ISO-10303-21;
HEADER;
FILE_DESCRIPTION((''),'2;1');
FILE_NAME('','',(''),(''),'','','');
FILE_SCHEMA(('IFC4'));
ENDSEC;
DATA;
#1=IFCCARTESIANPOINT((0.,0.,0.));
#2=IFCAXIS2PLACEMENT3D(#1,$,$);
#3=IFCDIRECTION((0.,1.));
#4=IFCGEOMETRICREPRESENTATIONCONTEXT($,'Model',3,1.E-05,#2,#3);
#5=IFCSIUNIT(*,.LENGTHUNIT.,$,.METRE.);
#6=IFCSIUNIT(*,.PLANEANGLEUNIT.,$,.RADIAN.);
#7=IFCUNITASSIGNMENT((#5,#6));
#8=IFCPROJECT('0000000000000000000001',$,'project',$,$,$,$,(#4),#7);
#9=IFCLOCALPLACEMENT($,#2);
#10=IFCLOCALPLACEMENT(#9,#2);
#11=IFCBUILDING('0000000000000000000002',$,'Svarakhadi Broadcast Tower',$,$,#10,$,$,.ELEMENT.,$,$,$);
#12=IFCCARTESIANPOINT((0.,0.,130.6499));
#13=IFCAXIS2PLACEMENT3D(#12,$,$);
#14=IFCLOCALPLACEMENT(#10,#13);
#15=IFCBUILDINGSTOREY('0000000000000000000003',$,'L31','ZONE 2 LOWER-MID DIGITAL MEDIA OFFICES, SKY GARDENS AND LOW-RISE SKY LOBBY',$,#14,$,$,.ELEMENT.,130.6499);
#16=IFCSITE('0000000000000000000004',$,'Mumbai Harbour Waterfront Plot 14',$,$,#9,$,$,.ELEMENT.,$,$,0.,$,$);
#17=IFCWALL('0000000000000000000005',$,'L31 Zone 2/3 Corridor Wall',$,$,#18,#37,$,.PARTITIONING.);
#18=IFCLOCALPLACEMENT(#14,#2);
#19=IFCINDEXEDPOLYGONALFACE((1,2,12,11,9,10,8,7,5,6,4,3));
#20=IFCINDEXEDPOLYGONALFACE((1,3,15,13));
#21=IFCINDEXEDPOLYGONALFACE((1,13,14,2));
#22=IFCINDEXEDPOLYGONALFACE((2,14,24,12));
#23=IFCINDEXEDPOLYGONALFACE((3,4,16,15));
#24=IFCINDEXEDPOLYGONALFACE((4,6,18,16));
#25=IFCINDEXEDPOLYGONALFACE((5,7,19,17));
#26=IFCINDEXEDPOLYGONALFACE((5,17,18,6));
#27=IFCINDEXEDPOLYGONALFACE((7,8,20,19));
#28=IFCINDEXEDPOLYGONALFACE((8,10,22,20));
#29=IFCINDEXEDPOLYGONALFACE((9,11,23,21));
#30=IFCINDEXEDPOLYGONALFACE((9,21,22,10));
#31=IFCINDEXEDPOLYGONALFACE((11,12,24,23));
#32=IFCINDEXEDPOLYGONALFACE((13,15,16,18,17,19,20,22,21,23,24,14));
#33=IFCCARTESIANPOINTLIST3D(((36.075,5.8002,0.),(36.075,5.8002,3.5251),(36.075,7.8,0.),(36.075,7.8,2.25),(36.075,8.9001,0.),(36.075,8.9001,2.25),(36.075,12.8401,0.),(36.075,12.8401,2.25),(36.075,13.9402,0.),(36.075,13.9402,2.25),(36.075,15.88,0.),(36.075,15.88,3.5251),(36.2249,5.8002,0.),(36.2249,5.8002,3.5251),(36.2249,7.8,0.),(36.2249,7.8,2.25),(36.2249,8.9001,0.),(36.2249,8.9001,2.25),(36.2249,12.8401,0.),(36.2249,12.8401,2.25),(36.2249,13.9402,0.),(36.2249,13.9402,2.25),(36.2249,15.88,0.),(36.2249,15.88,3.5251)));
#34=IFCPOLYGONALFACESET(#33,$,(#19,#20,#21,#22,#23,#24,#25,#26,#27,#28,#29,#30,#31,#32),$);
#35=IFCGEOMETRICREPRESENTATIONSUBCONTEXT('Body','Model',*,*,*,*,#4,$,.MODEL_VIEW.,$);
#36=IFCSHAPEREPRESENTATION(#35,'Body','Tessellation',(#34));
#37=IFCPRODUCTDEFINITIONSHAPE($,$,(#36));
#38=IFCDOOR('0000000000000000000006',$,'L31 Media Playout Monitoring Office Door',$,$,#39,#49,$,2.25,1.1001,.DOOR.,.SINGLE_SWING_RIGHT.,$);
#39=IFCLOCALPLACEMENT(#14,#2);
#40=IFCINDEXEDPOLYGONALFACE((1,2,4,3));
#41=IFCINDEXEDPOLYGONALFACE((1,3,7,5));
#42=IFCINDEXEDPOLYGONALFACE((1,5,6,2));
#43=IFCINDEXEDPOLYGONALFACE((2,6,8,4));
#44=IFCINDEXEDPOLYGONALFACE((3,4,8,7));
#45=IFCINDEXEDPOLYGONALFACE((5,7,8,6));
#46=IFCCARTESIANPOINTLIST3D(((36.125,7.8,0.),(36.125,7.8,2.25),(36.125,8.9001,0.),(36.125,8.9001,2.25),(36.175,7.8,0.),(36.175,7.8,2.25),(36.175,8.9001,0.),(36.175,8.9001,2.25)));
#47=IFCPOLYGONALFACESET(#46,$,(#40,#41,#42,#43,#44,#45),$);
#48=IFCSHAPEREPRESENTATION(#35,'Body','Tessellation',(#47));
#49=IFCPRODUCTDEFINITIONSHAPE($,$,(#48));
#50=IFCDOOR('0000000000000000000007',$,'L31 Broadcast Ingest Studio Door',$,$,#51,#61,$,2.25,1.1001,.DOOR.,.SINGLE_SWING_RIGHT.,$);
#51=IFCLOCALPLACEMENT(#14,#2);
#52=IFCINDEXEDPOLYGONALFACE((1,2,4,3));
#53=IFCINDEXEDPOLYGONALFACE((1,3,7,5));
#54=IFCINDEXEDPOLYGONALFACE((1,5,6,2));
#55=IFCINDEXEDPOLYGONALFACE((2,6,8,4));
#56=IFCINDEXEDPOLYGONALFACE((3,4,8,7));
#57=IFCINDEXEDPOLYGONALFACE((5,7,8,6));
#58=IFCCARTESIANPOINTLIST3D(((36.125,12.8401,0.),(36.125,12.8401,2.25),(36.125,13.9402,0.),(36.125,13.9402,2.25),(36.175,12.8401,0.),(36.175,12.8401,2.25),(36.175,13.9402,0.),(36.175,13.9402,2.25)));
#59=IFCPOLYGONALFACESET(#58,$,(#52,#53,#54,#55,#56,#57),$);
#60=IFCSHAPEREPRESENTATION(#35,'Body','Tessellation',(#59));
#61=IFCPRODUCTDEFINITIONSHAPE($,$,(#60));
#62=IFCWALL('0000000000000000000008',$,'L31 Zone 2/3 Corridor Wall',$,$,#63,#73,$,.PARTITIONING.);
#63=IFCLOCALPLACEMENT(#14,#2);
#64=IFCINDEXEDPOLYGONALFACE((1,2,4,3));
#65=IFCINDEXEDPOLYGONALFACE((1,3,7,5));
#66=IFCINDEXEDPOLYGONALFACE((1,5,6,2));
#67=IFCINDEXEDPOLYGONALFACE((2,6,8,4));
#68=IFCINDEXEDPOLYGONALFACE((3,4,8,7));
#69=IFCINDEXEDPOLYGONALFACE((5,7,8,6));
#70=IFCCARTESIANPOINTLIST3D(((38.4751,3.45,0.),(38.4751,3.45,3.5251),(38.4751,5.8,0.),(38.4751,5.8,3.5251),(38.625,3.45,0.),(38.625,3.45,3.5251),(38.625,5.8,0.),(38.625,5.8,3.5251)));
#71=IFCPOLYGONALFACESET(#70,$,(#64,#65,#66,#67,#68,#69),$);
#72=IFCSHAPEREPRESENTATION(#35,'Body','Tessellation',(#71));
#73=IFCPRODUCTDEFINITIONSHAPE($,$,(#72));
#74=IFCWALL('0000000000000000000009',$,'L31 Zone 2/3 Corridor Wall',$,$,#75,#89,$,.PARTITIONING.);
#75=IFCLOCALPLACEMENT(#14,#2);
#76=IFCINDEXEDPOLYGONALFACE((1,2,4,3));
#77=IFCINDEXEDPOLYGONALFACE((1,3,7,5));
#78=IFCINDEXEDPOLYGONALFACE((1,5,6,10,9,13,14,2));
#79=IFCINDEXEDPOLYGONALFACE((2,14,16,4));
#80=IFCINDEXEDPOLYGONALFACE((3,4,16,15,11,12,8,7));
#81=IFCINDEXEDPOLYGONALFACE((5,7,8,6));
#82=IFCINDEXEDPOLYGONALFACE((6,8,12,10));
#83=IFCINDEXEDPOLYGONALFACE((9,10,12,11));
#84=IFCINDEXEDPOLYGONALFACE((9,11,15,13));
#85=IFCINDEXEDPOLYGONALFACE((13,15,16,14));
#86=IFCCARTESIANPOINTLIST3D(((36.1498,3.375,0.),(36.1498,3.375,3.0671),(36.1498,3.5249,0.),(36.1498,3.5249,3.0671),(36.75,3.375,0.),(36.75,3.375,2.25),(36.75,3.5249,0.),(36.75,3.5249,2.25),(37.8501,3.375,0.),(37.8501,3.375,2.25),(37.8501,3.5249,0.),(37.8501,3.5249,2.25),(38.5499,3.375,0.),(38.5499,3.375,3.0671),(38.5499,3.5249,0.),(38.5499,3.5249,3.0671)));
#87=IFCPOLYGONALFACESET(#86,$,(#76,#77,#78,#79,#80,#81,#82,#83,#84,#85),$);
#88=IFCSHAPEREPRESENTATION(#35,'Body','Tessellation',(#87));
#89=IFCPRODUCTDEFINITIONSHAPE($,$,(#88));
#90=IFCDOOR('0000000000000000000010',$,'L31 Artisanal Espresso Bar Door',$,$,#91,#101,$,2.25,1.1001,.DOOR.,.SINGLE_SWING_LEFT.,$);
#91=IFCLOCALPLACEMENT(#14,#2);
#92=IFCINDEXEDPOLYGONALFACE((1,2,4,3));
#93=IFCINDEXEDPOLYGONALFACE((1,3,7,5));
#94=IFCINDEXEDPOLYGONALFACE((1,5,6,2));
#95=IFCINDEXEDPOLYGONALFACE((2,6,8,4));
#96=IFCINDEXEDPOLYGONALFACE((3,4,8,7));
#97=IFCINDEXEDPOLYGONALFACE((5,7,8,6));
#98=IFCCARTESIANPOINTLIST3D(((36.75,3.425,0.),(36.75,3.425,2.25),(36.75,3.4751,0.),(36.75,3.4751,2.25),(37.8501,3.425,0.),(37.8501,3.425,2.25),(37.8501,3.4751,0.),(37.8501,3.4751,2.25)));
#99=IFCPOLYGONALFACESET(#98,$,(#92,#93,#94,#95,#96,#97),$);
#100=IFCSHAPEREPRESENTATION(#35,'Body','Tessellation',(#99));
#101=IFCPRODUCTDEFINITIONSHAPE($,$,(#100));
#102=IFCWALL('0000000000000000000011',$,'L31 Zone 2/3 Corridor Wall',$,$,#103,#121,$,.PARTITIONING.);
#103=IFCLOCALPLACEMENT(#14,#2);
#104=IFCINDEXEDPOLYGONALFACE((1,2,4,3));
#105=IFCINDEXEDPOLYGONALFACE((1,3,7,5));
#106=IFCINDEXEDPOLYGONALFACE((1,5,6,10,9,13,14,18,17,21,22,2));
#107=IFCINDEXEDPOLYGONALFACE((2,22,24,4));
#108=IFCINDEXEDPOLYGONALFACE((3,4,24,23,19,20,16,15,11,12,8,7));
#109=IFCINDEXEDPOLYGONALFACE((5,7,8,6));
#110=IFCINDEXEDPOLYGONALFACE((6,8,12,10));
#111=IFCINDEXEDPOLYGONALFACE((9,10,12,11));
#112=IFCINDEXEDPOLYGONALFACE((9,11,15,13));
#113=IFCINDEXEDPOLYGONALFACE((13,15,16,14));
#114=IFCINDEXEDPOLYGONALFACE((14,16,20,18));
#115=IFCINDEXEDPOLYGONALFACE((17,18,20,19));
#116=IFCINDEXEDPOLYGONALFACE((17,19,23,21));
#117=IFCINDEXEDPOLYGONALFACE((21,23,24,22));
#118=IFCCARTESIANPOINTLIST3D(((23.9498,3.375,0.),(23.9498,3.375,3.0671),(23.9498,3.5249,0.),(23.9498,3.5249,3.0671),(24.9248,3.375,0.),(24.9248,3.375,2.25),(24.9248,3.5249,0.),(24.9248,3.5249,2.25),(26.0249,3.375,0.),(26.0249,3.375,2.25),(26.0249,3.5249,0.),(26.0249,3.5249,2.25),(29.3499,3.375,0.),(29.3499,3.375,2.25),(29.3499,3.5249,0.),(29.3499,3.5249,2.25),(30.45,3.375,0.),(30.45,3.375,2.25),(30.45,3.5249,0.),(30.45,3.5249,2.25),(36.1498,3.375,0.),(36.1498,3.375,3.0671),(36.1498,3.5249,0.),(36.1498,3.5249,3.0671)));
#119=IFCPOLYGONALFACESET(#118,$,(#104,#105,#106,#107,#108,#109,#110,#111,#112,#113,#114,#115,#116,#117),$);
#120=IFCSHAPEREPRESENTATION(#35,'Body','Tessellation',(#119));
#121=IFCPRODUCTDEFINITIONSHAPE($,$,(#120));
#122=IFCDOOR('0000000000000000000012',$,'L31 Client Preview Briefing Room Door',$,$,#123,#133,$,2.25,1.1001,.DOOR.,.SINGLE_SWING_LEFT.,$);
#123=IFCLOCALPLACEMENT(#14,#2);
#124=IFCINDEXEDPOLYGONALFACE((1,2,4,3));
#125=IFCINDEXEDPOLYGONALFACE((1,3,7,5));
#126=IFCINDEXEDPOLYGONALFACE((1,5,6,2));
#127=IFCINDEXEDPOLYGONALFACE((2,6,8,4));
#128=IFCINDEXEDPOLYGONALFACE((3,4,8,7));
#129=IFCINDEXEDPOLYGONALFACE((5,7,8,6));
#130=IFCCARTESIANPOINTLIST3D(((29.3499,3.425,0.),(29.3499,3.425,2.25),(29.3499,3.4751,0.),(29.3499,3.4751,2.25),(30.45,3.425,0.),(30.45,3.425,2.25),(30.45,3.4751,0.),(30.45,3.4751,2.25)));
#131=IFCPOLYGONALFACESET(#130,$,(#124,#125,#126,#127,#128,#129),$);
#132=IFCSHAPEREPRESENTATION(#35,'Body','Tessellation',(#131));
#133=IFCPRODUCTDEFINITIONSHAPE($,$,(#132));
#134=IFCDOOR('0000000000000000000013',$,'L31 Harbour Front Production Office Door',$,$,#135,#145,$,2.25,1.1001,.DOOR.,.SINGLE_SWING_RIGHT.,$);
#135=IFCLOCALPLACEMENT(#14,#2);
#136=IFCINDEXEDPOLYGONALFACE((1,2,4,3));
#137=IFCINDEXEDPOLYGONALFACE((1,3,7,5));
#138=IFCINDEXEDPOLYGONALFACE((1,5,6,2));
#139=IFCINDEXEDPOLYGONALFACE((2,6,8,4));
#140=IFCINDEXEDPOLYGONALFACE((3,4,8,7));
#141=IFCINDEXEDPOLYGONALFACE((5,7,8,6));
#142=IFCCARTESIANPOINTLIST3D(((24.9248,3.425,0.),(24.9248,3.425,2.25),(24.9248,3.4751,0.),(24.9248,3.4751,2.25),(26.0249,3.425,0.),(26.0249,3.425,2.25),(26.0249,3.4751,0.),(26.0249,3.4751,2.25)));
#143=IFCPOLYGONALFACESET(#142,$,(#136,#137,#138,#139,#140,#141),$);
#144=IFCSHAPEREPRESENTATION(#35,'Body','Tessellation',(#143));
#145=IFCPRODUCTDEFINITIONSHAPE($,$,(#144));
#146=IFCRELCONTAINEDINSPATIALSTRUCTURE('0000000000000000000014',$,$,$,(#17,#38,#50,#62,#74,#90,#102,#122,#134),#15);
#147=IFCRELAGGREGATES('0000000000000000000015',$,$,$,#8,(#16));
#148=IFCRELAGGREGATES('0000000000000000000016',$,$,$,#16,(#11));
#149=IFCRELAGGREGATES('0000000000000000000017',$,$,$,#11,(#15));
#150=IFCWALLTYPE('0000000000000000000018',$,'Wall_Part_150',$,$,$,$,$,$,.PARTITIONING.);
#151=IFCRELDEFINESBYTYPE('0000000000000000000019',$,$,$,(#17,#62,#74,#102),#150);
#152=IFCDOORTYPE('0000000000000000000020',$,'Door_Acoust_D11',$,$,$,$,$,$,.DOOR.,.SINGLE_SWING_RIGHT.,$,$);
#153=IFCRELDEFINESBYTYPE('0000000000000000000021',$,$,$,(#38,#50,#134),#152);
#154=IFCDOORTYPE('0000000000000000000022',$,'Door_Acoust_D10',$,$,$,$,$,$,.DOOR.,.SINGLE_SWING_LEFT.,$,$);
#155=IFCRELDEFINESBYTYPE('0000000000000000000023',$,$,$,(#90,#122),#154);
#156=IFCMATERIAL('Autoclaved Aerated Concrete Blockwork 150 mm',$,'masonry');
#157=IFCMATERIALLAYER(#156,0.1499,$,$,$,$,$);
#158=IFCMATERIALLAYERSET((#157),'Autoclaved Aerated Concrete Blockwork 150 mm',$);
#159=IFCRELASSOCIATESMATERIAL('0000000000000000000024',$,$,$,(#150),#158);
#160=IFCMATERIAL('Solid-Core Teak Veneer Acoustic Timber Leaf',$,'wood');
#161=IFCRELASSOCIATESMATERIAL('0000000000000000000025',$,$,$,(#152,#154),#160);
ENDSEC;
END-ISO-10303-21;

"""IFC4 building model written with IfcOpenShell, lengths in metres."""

from ifc_helpers import new_model, si_unit, direction, frame, frame_2d, origin, place, context, subcontext, project, spatial, rectangle, extrude, material, layer, layer_set, type_object, element, fill, save


model = new_model("IFC4")

# Units and contexts
model_context = context("Model", 3, precision=1e-05, world=origin(), true_north=direction((0.0, 1.0)))
body_context = subcontext(model_context, "Body", "Model", "MODEL_VIEW")
ifc_project = project(units=[si_unit("LENGTHUNIT", "METRE"), si_unit("PLANEANGLEUNIT", "RADIAN")], contexts=[model_context])

# Site, building, storey
site_placement = place(None, origin())
site = spatial("IfcSite", under=ifc_project, at=site_placement, Name="Mumbai Harbour Waterfront Plot 14", CompositionType="ELEMENT", RefElevation=0.0)
building_placement = place(site_placement, origin())
building = spatial("IfcBuilding", under=site, at=building_placement, Name="Svarakhadi Broadcast Tower", CompositionType="ELEMENT")
storey_placement = place(building_placement, frame((0.0, 0.0, 130.6499)))
storey = spatial("IfcBuildingStorey", under=building, at=storey_placement, Name="L31", Description="ZONE 2 LOWER-MID DIGITAL MEDIA OFFICES, SKY GARDENS AND LOW-RISE SKY LOBBY", CompositionType="ELEMENT", Elevation=130.6499)

# Wall, openings, doors
ifc_material_1 = material(Name="Autoclaved Aerated Concrete Blockwork 150 mm", Category="masonry")
ifc_layer_1 = layer(ifc_material_1, 0.1499)
ifc_layer_set_1 = layer_set([ifc_layer_1], Name="Autoclaved Aerated Concrete Blockwork 150 mm")
wall_type_1 = type_object("IfcWallType", Name="Wall_Part_150", PredefinedType="PARTITIONING", material=ifc_layer_set_1)
wall_1_placement = place(storey_placement, frame((36.1499, 5.8, 0.0), z_axis=(0.0, 0.0, 1.0), x_axis=(0.0, 1.0, 0.0)))
wall_1 = element("IfcWall", 1, at=wall_1_placement, inside=storey, type_object=wall_type_1, Name="L31 Zone 2/3 Corridor Wall", PredefinedType="PARTITIONING", context=body_context, shape_type="SweptSolid", body=[
    extrude(rectangle(XDim=10.0798, YDim=0.1499, at=frame_2d((5.04, 0.0))), origin(), (0.0, 0.0, 1.0), 3.5251),
])
opening_1_placement = place(wall_1_placement, frame((2.0, 0.0, 0.0)))
opening_1 = element("IfcOpeningElement", 2, at=opening_1_placement, cuts=wall_1, PredefinedType="OPENING", context=body_context, shape_type="SweptSolid", body=[
    extrude(rectangle(XDim=1.1001, YDim=2.25, at=frame_2d((0.55, 1.125))), frame((0.0, 0.085, 0.0), z_axis=(0.0, -1.0, 0.0), x_axis=(1.0, 0.0, 0.0)), (0.0, 0.0, 1.0), 0.1699),
])
opening_2_placement = place(wall_1_placement, frame((7.04, 0.0, 0.0)))
opening_2 = element("IfcOpeningElement", 3, at=opening_2_placement, cuts=wall_1, PredefinedType="OPENING", context=body_context, shape_type="SweptSolid", body=[
    extrude(rectangle(XDim=1.1001, YDim=2.25, at=frame_2d((0.55, 1.125))), frame((0.0, 0.085, 0.0), z_axis=(0.0, -1.0, 0.0), x_axis=(1.0, 0.0, 0.0)), (0.0, 0.0, 1.0), 0.1699),
])
ifc_material_2 = material(Name="Solid-Core Teak Veneer Acoustic Timber Leaf", Category="wood")
door_type_1 = type_object("IfcDoorType", Name="Door_Acoust_D11", OperationType="SINGLE_SWING_RIGHT", PredefinedType="DOOR", material=ifc_material_2)
door_1_placement = place(opening_1_placement, origin())
door_1 = element("IfcDoor", 4, at=door_1_placement, inside=storey, type_object=door_type_1, Name="L31 Media Playout Monitoring Office Door", OperationType="SINGLE_SWING_RIGHT", OverallHeight=2.25, OverallWidth=1.1001, PredefinedType="DOOR", context=body_context, shape_type="SweptSolid", body=[
    extrude(rectangle(XDim=1.1001, YDim=2.25, at=frame_2d((0.55, 1.125))), frame((0.0, 0.0249, 0.0), z_axis=(0.0, -1.0, 0.0), x_axis=(1.0, 0.0, 0.0)), (0.0, 0.0, 1.0), 0.05),
])
fill(opening_1, door_1)
door_2_placement = place(opening_2_placement, origin())
door_2 = element("IfcDoor", 5, at=door_2_placement, inside=storey, type_object=door_type_1, Name="L31 Broadcast Ingest Studio Door", OperationType="SINGLE_SWING_RIGHT", OverallHeight=2.25, OverallWidth=1.1001, PredefinedType="DOOR", context=body_context, shape_type="SweptSolid", body=[
    extrude(rectangle(XDim=1.1001, YDim=2.25, at=frame_2d((0.55, 1.125))), frame((0.0, 0.0249, 0.0), z_axis=(0.0, -1.0, 0.0), x_axis=(1.0, 0.0, 0.0)), (0.0, 0.0, 1.0), 0.05),
])
fill(opening_2, door_2)

# Wall
wall_2_placement = place(storey_placement, frame((38.55, 5.8, 0.0), z_axis=(0.0, 0.0, 1.0), x_axis=(0.0, -1.0, 0.0)))
element("IfcWall", 6, at=wall_2_placement, inside=storey, type_object=wall_type_1, Name="L31 Zone 2/3 Corridor Wall", PredefinedType="PARTITIONING", context=body_context, shape_type="SweptSolid", body=[
    extrude(rectangle(XDim=2.3501, YDim=0.1499, at=frame_2d((1.175, 0.0))), origin(), (0.0, 0.0, 1.0), 3.5251),
])

# Wall, opening, door
wall_3_placement = place(storey_placement, frame((38.55, 3.45, 0.0), z_axis=(0.0, 0.0, 1.0), x_axis=(-1.0, 0.0, 0.0)))
wall_3 = element("IfcWall", 7, at=wall_3_placement, inside=storey, type_object=wall_type_1, Name="L31 Zone 2/3 Corridor Wall", PredefinedType="PARTITIONING", context=body_context, shape_type="SweptSolid", body=[
    extrude(rectangle(XDim=2.4001, YDim=0.1499, at=frame_2d((1.2002, 0.0))), origin(), (0.0, 0.0, 1.0), 3.0671),
])
opening_3_placement = place(wall_3_placement, frame((0.7, 0.0, 0.0)))
opening_3 = element("IfcOpeningElement", 8, at=opening_3_placement, cuts=wall_3, PredefinedType="OPENING", context=body_context, shape_type="SweptSolid", body=[
    extrude(rectangle(XDim=1.1001, YDim=2.25, at=frame_2d((0.55, 1.125))), frame((0.0, 0.085, 0.0), z_axis=(0.0, -1.0, 0.0), x_axis=(1.0, 0.0, 0.0)), (0.0, 0.0, 1.0), 0.1699),
])
door_type_2 = type_object("IfcDoorType", Name="Door_Acoust_D10", OperationType="SINGLE_SWING_LEFT", PredefinedType="DOOR", material=ifc_material_2)
door_3_placement = place(opening_3_placement, origin())
door_3 = element("IfcDoor", 9, at=door_3_placement, inside=storey, type_object=door_type_2, Name="L31 Artisanal Espresso Bar Door", OperationType="SINGLE_SWING_LEFT", OverallHeight=2.25, OverallWidth=1.1001, PredefinedType="DOOR", context=body_context, shape_type="SweptSolid", body=[
    extrude(rectangle(XDim=1.1001, YDim=2.25, at=frame_2d((0.55, 1.125))), frame((0.0, 0.0249, 0.0), z_axis=(0.0, -1.0, 0.0), x_axis=(1.0, 0.0, 0.0)), (0.0, 0.0, 1.0), 0.05),
])
fill(opening_3, door_3)

# Wall, openings, doors
wall_4_placement = place(storey_placement, frame((36.1499, 3.45, 0.0), z_axis=(0.0, 0.0, 1.0), x_axis=(-1.0, 0.0, 0.0)))
wall_4 = element("IfcWall", 10, at=wall_4_placement, inside=storey, type_object=wall_type_1, Name="L31 Zone 2/3 Corridor Wall", PredefinedType="PARTITIONING", context=body_context, shape_type="SweptSolid", body=[
    extrude(rectangle(XDim=12.2, YDim=0.1499, at=frame_2d((6.1001, 0.0))), origin(), (0.0, 0.0, 1.0), 3.0671),
])
opening_4_placement = place(wall_4_placement, frame((10.125, 0.0, 0.0)))
opening_4 = element("IfcOpeningElement", 11, at=opening_4_placement, cuts=wall_4, PredefinedType="OPENING", context=body_context, shape_type="SweptSolid", body=[
    extrude(rectangle(XDim=1.1001, YDim=2.25, at=frame_2d((0.55, 1.125))), frame((0.0, 0.085, 0.0), z_axis=(0.0, -1.0, 0.0), x_axis=(1.0, 0.0, 0.0)), (0.0, 0.0, 1.0), 0.1699),
])
opening_5_placement = place(wall_4_placement, frame((5.7, 0.0, 0.0)))
opening_5 = element("IfcOpeningElement", 12, at=opening_5_placement, cuts=wall_4, PredefinedType="OPENING", context=body_context, shape_type="SweptSolid", body=[
    extrude(rectangle(XDim=1.1001, YDim=2.25, at=frame_2d((0.55, 1.125))), frame((0.0, 0.085, 0.0), z_axis=(0.0, -1.0, 0.0), x_axis=(1.0, 0.0, 0.0)), (0.0, 0.0, 1.0), 0.1699),
])
door_4_placement = place(opening_5_placement, origin())
door_4 = element("IfcDoor", 13, at=door_4_placement, inside=storey, type_object=door_type_2, Name="L31 Client Preview Briefing Room Door", OperationType="SINGLE_SWING_LEFT", OverallHeight=2.25, OverallWidth=1.1001, PredefinedType="DOOR", context=body_context, shape_type="SweptSolid", body=[
    extrude(rectangle(XDim=1.1001, YDim=2.25, at=frame_2d((0.55, 1.125))), frame((0.0, 0.0249, 0.0), z_axis=(0.0, -1.0, 0.0), x_axis=(1.0, 0.0, 0.0)), (0.0, 0.0, 1.0), 0.05),
])
fill(opening_5, door_4)
door_5_placement = place(opening_4_placement, origin())
door_5 = element("IfcDoor", 14, at=door_5_placement, inside=storey, type_object=door_type_1, Name="L31 Harbour Front Production Office Door", OperationType="SINGLE_SWING_RIGHT", OverallHeight=2.25, OverallWidth=1.1001, PredefinedType="DOOR", context=body_context, shape_type="SweptSolid", body=[
    extrude(rectangle(XDim=1.1001, YDim=2.25, at=frame_2d((0.55, 1.125))), frame((0.0, 0.0249, 0.0), z_axis=(0.0, -1.0, 0.0), x_axis=(1.0, 0.0, 0.0)), (0.0, 0.0, 1.0), 0.05),
])
fill(opening_4, door_5)

save(model, "model.ifc")
